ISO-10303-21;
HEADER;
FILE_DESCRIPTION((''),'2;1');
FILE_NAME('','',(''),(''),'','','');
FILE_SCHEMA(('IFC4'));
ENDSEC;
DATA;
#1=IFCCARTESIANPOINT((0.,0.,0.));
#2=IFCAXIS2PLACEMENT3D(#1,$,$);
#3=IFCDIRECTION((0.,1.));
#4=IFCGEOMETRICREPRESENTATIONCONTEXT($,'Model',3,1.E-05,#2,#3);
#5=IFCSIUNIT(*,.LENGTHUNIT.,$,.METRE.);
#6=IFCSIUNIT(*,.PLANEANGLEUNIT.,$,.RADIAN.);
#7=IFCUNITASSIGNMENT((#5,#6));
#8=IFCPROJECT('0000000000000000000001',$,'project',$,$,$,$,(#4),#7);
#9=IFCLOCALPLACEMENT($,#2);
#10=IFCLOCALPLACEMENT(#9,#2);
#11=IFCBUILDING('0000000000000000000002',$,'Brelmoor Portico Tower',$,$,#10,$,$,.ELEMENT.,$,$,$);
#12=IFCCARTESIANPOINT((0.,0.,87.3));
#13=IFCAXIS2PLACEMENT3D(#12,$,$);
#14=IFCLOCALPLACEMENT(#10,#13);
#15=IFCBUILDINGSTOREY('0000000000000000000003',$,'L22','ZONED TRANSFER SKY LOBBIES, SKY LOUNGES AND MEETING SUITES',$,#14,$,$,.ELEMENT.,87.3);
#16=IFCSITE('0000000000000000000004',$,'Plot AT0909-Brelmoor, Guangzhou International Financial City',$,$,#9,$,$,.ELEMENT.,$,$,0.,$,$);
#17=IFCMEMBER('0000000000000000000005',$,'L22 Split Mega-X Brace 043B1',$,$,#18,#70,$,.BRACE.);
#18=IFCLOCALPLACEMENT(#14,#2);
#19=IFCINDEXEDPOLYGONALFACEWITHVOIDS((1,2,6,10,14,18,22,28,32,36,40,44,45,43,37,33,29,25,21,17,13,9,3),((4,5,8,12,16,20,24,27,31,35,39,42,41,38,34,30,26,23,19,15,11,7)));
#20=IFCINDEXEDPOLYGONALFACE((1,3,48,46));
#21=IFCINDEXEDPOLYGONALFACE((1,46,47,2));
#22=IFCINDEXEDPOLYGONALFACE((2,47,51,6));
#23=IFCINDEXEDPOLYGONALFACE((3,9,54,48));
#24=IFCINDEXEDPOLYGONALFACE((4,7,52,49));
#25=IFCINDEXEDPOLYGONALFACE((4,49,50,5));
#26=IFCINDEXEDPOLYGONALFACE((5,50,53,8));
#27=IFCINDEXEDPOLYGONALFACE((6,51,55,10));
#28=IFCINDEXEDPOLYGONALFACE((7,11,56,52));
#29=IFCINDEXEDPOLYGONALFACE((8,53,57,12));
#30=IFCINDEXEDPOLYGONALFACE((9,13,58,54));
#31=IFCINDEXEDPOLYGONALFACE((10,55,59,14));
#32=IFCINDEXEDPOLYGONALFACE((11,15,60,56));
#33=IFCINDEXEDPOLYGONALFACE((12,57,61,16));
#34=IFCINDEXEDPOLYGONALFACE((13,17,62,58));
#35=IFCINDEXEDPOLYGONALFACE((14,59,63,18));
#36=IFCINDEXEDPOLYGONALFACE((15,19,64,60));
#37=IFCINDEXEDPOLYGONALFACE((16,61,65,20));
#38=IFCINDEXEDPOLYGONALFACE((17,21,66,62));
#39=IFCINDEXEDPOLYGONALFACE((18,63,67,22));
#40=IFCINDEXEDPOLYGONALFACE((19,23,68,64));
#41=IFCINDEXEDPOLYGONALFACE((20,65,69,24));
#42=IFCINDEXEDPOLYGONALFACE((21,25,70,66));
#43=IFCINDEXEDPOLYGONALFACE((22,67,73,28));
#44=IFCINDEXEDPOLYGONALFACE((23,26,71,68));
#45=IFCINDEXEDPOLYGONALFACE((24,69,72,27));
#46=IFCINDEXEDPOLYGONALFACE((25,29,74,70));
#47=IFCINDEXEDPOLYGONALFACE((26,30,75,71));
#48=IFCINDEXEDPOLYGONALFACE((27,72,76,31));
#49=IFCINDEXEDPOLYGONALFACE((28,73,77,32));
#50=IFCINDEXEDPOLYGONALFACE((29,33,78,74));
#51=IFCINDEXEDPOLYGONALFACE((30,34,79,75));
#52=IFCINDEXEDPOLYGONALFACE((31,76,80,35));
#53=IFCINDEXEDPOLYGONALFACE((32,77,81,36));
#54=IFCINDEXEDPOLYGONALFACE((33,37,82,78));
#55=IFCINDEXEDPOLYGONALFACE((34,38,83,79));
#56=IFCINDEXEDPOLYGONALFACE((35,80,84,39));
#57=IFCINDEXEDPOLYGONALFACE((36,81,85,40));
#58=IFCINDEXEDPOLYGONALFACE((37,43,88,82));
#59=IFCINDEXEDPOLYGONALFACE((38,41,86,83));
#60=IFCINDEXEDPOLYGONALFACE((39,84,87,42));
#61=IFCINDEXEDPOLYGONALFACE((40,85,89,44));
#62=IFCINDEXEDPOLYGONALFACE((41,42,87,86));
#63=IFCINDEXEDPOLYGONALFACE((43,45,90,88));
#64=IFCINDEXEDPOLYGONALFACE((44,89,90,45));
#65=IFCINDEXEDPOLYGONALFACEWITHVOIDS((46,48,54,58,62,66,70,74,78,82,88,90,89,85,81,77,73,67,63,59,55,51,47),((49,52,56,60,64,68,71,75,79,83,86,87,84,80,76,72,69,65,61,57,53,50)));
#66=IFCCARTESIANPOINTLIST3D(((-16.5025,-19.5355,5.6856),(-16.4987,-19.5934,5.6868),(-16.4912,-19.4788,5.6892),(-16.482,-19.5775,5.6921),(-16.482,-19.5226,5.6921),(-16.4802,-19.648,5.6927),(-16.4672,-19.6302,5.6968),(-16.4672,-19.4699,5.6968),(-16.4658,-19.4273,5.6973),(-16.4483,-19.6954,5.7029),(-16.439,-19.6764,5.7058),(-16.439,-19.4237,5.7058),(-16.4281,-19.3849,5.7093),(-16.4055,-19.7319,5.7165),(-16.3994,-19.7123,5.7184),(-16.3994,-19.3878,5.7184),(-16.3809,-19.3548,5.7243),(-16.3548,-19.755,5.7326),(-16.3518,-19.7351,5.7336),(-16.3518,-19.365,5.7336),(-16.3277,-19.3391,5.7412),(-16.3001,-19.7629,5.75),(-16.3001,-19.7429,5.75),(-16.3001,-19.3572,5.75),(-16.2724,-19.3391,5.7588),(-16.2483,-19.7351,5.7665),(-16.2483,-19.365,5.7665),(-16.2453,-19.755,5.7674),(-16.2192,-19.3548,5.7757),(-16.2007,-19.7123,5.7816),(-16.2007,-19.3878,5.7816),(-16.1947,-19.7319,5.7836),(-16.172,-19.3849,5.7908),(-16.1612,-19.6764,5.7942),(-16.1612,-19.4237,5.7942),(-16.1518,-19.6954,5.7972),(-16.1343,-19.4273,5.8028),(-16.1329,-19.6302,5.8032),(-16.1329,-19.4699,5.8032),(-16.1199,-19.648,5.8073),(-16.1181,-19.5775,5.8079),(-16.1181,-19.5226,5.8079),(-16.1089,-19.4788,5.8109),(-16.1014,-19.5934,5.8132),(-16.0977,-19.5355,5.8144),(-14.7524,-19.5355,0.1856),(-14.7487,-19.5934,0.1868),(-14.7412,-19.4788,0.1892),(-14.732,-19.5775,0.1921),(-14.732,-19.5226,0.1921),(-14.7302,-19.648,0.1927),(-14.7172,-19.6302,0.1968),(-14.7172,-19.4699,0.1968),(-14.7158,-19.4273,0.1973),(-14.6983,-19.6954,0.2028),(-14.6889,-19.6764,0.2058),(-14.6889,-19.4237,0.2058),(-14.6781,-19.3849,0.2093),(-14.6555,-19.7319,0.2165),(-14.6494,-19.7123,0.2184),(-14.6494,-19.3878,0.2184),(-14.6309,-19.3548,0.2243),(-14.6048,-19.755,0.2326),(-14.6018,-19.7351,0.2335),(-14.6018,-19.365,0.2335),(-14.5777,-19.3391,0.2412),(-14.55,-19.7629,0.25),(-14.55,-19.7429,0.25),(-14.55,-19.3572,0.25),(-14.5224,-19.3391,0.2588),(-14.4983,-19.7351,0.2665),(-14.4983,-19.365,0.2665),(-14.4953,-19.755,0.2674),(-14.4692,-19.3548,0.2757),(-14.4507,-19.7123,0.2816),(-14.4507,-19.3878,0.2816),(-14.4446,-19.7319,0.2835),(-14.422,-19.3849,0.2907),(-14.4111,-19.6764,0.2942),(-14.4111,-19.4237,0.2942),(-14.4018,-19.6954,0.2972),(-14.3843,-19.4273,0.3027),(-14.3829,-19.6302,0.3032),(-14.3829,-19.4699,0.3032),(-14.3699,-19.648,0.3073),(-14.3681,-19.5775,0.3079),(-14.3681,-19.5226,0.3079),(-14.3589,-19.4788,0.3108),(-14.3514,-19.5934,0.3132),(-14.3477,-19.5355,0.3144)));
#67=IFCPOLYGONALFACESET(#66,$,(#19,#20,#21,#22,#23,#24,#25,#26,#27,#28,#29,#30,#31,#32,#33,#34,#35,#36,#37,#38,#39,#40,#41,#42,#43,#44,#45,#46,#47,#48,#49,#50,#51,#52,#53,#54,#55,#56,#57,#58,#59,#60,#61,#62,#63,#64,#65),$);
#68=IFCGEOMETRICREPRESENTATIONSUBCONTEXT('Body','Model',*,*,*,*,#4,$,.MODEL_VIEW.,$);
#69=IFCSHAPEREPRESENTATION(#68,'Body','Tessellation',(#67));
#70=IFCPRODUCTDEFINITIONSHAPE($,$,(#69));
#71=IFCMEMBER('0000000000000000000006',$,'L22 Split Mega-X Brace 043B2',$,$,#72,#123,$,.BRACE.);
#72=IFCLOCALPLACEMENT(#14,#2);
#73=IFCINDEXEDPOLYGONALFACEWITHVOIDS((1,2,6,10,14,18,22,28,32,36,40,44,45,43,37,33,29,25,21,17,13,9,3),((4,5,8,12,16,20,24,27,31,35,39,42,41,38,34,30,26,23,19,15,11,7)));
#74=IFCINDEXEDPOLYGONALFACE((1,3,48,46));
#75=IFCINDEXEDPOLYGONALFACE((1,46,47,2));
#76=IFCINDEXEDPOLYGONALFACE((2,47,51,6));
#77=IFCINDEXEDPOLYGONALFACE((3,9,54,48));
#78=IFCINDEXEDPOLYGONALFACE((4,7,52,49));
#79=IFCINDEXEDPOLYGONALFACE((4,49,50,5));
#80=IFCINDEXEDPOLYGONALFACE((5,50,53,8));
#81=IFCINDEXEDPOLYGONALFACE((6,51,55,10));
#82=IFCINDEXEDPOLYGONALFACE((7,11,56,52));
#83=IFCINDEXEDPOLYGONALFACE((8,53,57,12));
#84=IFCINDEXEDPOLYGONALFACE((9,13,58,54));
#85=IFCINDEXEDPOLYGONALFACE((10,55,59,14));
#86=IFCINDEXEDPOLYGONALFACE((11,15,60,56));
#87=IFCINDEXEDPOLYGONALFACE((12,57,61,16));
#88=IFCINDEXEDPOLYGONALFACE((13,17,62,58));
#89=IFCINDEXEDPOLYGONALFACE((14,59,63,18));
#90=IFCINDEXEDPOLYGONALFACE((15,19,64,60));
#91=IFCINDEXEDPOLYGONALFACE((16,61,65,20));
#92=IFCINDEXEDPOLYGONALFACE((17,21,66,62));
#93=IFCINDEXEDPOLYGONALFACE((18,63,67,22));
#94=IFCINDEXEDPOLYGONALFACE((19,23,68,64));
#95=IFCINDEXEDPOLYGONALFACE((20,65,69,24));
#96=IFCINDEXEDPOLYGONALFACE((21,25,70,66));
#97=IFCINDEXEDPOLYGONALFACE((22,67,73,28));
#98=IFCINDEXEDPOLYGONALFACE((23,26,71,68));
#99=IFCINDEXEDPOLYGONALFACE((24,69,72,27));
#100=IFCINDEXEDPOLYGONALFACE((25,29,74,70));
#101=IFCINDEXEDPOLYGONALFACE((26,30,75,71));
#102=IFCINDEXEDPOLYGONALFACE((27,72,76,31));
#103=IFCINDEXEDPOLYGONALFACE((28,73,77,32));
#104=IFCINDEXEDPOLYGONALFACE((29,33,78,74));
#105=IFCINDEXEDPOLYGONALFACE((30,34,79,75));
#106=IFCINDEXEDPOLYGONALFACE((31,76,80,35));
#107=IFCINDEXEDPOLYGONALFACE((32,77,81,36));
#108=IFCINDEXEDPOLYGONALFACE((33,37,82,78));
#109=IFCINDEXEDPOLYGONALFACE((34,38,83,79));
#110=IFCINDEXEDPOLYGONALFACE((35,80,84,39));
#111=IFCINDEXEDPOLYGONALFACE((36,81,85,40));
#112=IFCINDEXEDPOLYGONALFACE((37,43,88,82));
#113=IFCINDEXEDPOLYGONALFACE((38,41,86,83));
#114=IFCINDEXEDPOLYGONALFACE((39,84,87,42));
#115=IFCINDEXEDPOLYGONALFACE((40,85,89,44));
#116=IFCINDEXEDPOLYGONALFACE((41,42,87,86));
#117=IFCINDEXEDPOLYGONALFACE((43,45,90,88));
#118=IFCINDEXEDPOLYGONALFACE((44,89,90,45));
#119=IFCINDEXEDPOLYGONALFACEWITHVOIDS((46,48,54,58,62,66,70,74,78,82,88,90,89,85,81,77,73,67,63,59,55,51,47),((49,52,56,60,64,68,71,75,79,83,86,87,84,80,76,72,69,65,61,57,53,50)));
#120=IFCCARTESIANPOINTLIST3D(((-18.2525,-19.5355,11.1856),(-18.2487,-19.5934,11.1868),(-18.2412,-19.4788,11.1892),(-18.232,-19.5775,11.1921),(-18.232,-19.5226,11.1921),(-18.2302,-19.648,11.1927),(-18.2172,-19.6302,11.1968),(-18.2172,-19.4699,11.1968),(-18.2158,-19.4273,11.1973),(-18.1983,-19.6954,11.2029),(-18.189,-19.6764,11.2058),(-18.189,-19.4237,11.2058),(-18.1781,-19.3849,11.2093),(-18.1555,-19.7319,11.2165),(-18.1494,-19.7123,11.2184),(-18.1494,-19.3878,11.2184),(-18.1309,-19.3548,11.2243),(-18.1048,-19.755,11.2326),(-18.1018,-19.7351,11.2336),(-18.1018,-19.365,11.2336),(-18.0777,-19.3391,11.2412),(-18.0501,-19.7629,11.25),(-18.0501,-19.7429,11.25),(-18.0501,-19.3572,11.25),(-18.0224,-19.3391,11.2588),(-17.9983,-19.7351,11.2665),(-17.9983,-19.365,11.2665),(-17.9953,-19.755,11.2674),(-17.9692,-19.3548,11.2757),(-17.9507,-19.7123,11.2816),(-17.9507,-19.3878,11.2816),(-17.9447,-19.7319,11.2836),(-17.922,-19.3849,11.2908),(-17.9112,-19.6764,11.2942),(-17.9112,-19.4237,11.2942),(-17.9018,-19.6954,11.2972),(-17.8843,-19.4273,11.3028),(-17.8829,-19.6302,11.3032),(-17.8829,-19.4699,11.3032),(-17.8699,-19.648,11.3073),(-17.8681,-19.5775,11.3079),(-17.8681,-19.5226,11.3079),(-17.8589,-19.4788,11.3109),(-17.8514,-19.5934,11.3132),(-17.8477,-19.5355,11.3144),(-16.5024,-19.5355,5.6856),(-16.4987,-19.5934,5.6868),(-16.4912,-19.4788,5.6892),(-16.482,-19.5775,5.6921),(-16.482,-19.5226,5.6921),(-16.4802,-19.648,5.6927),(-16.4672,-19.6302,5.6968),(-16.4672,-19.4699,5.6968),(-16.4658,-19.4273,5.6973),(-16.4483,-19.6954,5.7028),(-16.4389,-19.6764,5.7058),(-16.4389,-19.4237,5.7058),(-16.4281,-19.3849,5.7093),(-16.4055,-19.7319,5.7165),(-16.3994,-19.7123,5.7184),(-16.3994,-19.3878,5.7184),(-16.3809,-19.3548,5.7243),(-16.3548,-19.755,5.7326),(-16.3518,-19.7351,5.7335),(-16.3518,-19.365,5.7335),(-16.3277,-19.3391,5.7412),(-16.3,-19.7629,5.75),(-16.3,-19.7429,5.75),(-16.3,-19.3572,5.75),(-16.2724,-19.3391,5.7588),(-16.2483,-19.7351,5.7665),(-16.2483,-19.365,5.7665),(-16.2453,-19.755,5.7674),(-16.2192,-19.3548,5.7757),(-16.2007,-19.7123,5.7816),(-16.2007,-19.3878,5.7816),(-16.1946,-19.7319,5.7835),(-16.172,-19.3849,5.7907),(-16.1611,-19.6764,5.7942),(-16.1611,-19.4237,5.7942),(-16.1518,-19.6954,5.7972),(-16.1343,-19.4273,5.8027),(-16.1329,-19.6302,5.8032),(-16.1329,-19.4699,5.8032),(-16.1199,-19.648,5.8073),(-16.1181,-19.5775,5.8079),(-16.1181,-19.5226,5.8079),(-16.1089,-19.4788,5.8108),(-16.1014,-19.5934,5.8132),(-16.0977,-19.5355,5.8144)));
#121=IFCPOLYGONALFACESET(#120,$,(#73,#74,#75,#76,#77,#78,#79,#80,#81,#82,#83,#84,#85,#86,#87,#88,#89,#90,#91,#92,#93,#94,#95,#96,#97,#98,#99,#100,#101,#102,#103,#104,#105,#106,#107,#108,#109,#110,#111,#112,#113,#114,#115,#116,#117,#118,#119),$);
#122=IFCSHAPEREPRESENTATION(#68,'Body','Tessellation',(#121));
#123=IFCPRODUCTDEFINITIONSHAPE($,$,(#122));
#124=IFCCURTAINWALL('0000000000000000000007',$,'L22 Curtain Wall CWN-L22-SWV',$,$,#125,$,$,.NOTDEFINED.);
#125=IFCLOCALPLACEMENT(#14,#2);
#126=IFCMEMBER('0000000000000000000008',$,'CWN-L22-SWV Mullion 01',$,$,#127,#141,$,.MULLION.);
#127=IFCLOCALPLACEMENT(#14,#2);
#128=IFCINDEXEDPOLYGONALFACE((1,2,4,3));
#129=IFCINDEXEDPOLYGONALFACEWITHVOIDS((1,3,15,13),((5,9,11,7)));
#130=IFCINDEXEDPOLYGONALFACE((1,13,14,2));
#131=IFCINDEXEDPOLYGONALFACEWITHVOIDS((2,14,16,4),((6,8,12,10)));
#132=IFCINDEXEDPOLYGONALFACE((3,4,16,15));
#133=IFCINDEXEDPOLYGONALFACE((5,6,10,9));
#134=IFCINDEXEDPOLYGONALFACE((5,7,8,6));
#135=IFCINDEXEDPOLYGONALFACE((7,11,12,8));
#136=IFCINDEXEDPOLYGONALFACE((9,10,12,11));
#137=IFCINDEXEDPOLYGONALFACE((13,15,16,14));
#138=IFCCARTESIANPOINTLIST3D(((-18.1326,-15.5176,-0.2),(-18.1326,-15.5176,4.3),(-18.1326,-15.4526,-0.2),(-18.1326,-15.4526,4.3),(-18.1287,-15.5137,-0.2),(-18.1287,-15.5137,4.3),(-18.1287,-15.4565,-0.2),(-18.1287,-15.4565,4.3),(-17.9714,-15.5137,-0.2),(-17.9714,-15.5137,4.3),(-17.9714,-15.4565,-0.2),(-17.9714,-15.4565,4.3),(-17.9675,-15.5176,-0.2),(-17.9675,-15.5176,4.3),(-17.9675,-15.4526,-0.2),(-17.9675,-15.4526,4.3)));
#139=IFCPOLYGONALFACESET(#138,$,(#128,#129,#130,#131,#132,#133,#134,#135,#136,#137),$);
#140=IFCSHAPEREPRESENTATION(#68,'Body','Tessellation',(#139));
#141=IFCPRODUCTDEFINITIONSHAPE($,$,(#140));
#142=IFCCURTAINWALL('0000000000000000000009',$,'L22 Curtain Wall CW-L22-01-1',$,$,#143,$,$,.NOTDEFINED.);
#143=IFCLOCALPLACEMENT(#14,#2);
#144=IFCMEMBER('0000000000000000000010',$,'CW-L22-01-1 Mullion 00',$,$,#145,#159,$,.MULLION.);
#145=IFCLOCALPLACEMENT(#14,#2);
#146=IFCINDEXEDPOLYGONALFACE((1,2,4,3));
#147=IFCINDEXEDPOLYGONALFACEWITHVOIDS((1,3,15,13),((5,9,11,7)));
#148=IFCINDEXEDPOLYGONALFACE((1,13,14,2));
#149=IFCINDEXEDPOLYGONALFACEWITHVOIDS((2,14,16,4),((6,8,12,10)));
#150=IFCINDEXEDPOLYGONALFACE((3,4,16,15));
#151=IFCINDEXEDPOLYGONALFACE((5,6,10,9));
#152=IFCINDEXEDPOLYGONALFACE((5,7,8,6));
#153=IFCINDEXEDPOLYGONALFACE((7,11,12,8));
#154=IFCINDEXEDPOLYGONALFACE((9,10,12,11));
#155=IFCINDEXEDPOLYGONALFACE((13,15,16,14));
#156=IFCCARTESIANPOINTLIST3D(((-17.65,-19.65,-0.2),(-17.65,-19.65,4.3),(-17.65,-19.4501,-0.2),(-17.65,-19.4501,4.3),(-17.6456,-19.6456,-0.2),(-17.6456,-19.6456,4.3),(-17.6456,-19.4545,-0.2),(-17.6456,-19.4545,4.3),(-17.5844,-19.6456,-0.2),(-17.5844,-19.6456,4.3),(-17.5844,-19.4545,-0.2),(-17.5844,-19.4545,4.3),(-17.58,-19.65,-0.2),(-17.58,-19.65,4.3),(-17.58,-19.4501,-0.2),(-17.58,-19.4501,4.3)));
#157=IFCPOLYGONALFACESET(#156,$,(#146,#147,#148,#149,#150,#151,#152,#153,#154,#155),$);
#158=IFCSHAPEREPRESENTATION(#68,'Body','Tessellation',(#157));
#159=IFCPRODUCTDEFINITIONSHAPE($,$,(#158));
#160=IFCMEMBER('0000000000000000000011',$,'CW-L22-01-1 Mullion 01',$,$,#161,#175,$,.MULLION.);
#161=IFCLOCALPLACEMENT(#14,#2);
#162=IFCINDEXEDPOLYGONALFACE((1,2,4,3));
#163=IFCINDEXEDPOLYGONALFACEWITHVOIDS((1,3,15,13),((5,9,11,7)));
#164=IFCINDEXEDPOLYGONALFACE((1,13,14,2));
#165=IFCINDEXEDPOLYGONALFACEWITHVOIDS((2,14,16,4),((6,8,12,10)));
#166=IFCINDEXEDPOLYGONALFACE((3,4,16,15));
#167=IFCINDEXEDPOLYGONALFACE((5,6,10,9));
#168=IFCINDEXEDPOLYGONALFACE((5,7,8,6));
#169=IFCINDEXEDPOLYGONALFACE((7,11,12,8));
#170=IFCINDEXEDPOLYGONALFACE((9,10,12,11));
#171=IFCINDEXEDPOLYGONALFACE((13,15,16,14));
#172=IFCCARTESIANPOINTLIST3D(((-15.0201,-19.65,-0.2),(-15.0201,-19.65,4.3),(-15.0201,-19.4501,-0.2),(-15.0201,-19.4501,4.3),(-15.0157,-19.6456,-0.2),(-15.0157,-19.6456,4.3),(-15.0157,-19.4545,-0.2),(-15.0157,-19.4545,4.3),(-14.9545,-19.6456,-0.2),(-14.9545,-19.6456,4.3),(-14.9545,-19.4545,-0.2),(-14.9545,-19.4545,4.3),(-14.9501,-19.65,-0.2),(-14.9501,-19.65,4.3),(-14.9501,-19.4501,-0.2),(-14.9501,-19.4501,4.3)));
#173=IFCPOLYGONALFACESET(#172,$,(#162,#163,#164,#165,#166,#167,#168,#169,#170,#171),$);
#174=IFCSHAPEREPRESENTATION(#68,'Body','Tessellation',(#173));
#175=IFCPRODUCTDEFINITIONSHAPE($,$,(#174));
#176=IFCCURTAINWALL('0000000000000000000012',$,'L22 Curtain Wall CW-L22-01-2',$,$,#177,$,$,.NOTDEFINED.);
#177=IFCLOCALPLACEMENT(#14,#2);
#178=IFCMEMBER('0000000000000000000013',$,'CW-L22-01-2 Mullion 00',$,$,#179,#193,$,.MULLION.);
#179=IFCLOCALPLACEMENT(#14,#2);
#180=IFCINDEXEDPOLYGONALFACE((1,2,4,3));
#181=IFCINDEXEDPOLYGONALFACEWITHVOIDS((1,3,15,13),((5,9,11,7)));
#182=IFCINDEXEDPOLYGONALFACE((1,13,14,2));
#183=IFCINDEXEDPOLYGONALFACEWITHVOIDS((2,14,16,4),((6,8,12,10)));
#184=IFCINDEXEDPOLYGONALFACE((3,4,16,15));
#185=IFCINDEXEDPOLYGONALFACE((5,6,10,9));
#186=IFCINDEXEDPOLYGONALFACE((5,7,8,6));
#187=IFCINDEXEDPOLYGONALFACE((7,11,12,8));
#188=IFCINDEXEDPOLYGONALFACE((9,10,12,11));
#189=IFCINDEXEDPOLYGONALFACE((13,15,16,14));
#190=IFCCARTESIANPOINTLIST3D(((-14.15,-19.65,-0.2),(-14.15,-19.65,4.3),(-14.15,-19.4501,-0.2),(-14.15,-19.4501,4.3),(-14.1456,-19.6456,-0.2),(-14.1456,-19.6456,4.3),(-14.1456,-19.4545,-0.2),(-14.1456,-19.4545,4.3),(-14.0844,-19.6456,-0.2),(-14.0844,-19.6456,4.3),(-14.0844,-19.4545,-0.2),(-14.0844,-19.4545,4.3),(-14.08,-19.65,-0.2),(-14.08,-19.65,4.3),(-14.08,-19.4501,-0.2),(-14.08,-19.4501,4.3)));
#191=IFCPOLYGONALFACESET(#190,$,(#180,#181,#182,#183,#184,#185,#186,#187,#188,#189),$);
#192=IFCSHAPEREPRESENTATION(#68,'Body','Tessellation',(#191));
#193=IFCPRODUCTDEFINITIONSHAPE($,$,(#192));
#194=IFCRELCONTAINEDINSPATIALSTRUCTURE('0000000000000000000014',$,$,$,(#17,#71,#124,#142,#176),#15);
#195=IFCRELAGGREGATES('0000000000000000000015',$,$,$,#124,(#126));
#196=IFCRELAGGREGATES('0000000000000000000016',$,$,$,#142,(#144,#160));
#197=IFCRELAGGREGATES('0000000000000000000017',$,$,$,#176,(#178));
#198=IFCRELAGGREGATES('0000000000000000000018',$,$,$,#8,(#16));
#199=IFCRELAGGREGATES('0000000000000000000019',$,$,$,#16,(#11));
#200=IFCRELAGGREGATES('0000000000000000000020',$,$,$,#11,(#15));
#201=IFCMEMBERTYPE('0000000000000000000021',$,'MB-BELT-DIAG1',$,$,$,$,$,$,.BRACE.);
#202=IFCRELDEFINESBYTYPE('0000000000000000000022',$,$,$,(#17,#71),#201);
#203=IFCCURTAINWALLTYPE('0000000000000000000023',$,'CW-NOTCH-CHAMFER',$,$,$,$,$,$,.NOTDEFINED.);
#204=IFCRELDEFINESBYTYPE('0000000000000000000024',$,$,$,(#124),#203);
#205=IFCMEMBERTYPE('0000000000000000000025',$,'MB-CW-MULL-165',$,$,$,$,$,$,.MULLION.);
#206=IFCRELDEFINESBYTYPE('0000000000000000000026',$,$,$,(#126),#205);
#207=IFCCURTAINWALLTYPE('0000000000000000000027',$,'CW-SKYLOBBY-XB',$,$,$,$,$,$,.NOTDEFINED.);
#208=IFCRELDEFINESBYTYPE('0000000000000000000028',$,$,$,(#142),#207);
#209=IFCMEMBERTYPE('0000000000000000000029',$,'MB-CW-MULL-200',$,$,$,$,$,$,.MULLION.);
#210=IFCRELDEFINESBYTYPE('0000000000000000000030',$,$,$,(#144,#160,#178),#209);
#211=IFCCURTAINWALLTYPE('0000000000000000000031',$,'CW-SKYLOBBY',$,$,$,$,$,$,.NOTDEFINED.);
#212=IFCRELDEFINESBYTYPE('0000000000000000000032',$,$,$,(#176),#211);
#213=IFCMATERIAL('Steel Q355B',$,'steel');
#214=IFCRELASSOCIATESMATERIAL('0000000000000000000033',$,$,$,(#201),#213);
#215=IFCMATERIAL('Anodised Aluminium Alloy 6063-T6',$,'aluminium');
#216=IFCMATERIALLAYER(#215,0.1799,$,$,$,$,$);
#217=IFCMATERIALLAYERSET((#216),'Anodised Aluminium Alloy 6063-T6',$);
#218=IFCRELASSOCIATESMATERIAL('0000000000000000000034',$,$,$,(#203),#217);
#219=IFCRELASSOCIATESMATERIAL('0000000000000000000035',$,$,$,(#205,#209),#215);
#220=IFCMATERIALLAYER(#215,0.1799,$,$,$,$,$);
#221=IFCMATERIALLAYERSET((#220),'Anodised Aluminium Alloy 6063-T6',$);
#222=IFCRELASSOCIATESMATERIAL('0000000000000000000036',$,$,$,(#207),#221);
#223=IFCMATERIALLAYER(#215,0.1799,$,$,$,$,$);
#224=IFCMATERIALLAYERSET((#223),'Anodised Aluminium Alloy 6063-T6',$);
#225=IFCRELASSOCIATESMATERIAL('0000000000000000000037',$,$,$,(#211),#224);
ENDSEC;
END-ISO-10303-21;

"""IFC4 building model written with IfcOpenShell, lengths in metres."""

from ifc_helpers import new_model, si_unit, direction, frame, origin, origin_2d, place, context, subcontext, project, spatial, hollow_rectangle, hollow_circle, extrude, material, layer, layer_set, material_profile, profile_set, type_object, element, aggregate, save


model = new_model("IFC4")

# Units and contexts
model_context = context("Model", 3, precision=1e-05, world=origin(), true_north=direction((0.0, 1.0)))
body_context = subcontext(model_context, "Body", "Model", "MODEL_VIEW")
ifc_project = project(units=[si_unit("LENGTHUNIT", "METRE"), si_unit("PLANEANGLEUNIT", "RADIAN")], contexts=[model_context])

# Site, building, storey
site_placement = place(None, origin())
site = spatial("IfcSite", under=ifc_project, at=site_placement, Name="Plot AT0909-Brelmoor, Guangzhou International Financial City", CompositionType="ELEMENT", RefElevation=0.0)
building_placement = place(site_placement, origin())
building = spatial("IfcBuilding", under=site, at=building_placement, Name="Brelmoor Portico Tower", CompositionType="ELEMENT")
storey_placement = place(building_placement, frame((0.0, 0.0, 87.3)))
storey = spatial("IfcBuildingStorey", under=building, at=storey_placement, Name="L22", Description="ZONED TRANSFER SKY LOBBIES, SKY LOUNGES AND MEETING SUITES", CompositionType="ELEMENT", Elevation=87.3)

# Shared definitions
ifc_material_1 = material(Name="Steel Q355B", Category="steel")

# Members
ifc_material_profile_1 = material_profile(ifc_material_1, hollow_circle(Radius=0.2129, WallThickness=0.02, at=origin_2d()), Name="CHS 426x20")
ifc_profile_set_1 = profile_set([ifc_material_profile_1], Name="Steel Q355B")
member_type_1 = type_object("IfcMemberType", Name="MB-BELT-DIAG1", PredefinedType="BRACE", material=ifc_profile_set_1)
for number, where, z_axis, x_axis, name in (
    (1, (-14.55, -19.55, 0.25), (-0.303204, 0.0, 0.952926), (0.0, -1.0, 0.0), "L22 Split Mega-X Brace 043B1"),
    (2, (-16.3, -19.55, 5.75), (-0.303204, 0.0, 0.952926), (0.0, -1.0, 0.0), "L22 Split Mega-X Brace 043B2"),
):
    element("IfcMember", number, at=place(storey_placement, frame(where, z_axis=z_axis, x_axis=x_axis)), inside=storey, type_object=member_type_1, Name=name, PredefinedType="BRACE", context=body_context, shape_type="SweptSolid", body=[
        extrude(hollow_circle(Radius=0.2129, WallThickness=0.02, at=origin_2d()), origin(), (0.0, 0.0, 1.0), 5.7717),
    ])

# Curtain wall, member
ifc_material_2 = material(Name="Anodised Aluminium Alloy 6063-T6", Category="aluminium")
ifc_layer_1 = layer(ifc_material_2, 0.1799)
ifc_layer_set_1 = layer_set([ifc_layer_1], Name="Anodised Aluminium Alloy 6063-T6")
curtain_wall_type_1 = type_object("IfcCurtainWallType", Name="CW-NOTCH-CHAMFER", PredefinedType="NOTDEFINED", material=ifc_layer_set_1)
curtain_wall_1_placement = place(storey_placement, origin())
curtain_wall_1 = element("IfcCurtainWall", 3, at=curtain_wall_1_placement, inside=storey, type_object=curtain_wall_type_1, Name="L22 Curtain Wall CWN-L22-SWV", PredefinedType="NOTDEFINED")
ifc_material_profile_2 = material_profile(ifc_material_2, hollow_rectangle(XDim=0.0649, YDim=0.165, WallThickness=0.0039, at=origin_2d()), Name="ALU MULLION 65x165")
ifc_profile_set_2 = profile_set([ifc_material_profile_2], Name="Anodised Aluminium Alloy 6063-T6")
member_type_2 = type_object("IfcMemberType", Name="MB-CW-MULL-165", PredefinedType="MULLION", material=ifc_profile_set_2)
member_1_placement = place(storey_placement, frame((-18.05, -15.4851, -0.2), z_axis=(0.0, 0.0, 1.0), x_axis=(0.0, 1.0, 0.0)))
member_1 = element("IfcMember", 4, at=member_1_placement, type_object=member_type_2, Name="CWN-L22-SWV Mullion 01", PredefinedType="MULLION", context=body_context, shape_type="SweptSolid", body=[
    extrude(hollow_rectangle(XDim=0.0649, YDim=0.165, WallThickness=0.0039, at=origin_2d()), origin(), (0.0, 0.0, 1.0), 4.5),
])

# Curtain walls, members
ifc_layer_2 = layer(ifc_material_2, 0.1799)
ifc_layer_set_2 = layer_set([ifc_layer_2], Name="Anodised Aluminium Alloy 6063-T6")
curtain_wall_type_2 = type_object("IfcCurtainWallType", Name="CW-SKYLOBBY-XB", PredefinedType="NOTDEFINED", material=ifc_layer_set_2)
curtain_wall_2_placement = place(storey_placement, origin())
curtain_wall_2 = element("IfcCurtainWall", 5, at=curtain_wall_2_placement, inside=storey, type_object=curtain_wall_type_2, Name="L22 Curtain Wall CW-L22-01-1", PredefinedType="NOTDEFINED")
ifc_material_profile_3 = material_profile(ifc_material_2, hollow_rectangle(XDim=0.0701, YDim=0.2, WallThickness=0.0044, at=origin_2d()), Name="ALU MULLION 70x200")
ifc_profile_set_3 = profile_set([ifc_material_profile_3], Name="Anodised Aluminium Alloy 6063-T6")
member_type_3 = type_object("IfcMemberType", Name="MB-CW-MULL-200", PredefinedType="MULLION", material=ifc_profile_set_3)
member_2_placement = place(storey_placement, frame((-17.615, -19.55, -0.2), z_axis=(0.0, 0.0, 1.0), x_axis=(1.0, 0.0, 0.0)))
member_2 = element("IfcMember", 6, at=member_2_placement, type_object=member_type_3, Name="CW-L22-01-1 Mullion 00", PredefinedType="MULLION", context=body_context, shape_type="SweptSolid", body=[
    extrude(hollow_rectangle(XDim=0.0701, YDim=0.2, WallThickness=0.0044, at=origin_2d()), origin(), (0.0, 0.0, 1.0), 4.5),
])
member_3_placement = place(storey_placement, frame((-14.9851, -19.55, -0.2), z_axis=(0.0, 0.0, 1.0), x_axis=(1.0, 0.0, 0.0)))
member_3 = element("IfcMember", 7, at=member_3_placement, type_object=member_type_3, Name="CW-L22-01-1 Mullion 01", PredefinedType="MULLION", context=body_context, shape_type="SweptSolid", body=[
    extrude(hollow_rectangle(XDim=0.0701, YDim=0.2, WallThickness=0.0044, at=origin_2d()), origin(), (0.0, 0.0, 1.0), 4.5),
])
ifc_layer_3 = layer(ifc_material_2, 0.1799)
ifc_layer_set_3 = layer_set([ifc_layer_3], Name="Anodised Aluminium Alloy 6063-T6")
curtain_wall_type_3 = type_object("IfcCurtainWallType", Name="CW-SKYLOBBY", PredefinedType="NOTDEFINED", material=ifc_layer_set_3)
curtain_wall_3_placement = place(storey_placement, origin())
curtain_wall_3 = element("IfcCurtainWall", 8, at=curtain_wall_3_placement, inside=storey, type_object=curtain_wall_type_3, Name="L22 Curtain Wall CW-L22-01-2", PredefinedType="NOTDEFINED")
member_4_placement = place(storey_placement, frame((-14.115, -19.55, -0.2), z_axis=(0.0, 0.0, 1.0), x_axis=(1.0, 0.0, 0.0)))
member_4 = element("IfcMember", 9, at=member_4_placement, type_object=member_type_3, Name="CW-L22-01-2 Mullion 00", PredefinedType="MULLION", context=body_context, shape_type="SweptSolid", body=[
    extrude(hollow_rectangle(XDim=0.0701, YDim=0.2, WallThickness=0.0044, at=origin_2d()), origin(), (0.0, 0.0, 1.0), 4.5),
])

aggregate(curtain_wall_1, [member_1])
aggregate(curtain_wall_2, [member_2, member_3])
aggregate(curtain_wall_3, [member_4])

save(model, "model.ifc")
